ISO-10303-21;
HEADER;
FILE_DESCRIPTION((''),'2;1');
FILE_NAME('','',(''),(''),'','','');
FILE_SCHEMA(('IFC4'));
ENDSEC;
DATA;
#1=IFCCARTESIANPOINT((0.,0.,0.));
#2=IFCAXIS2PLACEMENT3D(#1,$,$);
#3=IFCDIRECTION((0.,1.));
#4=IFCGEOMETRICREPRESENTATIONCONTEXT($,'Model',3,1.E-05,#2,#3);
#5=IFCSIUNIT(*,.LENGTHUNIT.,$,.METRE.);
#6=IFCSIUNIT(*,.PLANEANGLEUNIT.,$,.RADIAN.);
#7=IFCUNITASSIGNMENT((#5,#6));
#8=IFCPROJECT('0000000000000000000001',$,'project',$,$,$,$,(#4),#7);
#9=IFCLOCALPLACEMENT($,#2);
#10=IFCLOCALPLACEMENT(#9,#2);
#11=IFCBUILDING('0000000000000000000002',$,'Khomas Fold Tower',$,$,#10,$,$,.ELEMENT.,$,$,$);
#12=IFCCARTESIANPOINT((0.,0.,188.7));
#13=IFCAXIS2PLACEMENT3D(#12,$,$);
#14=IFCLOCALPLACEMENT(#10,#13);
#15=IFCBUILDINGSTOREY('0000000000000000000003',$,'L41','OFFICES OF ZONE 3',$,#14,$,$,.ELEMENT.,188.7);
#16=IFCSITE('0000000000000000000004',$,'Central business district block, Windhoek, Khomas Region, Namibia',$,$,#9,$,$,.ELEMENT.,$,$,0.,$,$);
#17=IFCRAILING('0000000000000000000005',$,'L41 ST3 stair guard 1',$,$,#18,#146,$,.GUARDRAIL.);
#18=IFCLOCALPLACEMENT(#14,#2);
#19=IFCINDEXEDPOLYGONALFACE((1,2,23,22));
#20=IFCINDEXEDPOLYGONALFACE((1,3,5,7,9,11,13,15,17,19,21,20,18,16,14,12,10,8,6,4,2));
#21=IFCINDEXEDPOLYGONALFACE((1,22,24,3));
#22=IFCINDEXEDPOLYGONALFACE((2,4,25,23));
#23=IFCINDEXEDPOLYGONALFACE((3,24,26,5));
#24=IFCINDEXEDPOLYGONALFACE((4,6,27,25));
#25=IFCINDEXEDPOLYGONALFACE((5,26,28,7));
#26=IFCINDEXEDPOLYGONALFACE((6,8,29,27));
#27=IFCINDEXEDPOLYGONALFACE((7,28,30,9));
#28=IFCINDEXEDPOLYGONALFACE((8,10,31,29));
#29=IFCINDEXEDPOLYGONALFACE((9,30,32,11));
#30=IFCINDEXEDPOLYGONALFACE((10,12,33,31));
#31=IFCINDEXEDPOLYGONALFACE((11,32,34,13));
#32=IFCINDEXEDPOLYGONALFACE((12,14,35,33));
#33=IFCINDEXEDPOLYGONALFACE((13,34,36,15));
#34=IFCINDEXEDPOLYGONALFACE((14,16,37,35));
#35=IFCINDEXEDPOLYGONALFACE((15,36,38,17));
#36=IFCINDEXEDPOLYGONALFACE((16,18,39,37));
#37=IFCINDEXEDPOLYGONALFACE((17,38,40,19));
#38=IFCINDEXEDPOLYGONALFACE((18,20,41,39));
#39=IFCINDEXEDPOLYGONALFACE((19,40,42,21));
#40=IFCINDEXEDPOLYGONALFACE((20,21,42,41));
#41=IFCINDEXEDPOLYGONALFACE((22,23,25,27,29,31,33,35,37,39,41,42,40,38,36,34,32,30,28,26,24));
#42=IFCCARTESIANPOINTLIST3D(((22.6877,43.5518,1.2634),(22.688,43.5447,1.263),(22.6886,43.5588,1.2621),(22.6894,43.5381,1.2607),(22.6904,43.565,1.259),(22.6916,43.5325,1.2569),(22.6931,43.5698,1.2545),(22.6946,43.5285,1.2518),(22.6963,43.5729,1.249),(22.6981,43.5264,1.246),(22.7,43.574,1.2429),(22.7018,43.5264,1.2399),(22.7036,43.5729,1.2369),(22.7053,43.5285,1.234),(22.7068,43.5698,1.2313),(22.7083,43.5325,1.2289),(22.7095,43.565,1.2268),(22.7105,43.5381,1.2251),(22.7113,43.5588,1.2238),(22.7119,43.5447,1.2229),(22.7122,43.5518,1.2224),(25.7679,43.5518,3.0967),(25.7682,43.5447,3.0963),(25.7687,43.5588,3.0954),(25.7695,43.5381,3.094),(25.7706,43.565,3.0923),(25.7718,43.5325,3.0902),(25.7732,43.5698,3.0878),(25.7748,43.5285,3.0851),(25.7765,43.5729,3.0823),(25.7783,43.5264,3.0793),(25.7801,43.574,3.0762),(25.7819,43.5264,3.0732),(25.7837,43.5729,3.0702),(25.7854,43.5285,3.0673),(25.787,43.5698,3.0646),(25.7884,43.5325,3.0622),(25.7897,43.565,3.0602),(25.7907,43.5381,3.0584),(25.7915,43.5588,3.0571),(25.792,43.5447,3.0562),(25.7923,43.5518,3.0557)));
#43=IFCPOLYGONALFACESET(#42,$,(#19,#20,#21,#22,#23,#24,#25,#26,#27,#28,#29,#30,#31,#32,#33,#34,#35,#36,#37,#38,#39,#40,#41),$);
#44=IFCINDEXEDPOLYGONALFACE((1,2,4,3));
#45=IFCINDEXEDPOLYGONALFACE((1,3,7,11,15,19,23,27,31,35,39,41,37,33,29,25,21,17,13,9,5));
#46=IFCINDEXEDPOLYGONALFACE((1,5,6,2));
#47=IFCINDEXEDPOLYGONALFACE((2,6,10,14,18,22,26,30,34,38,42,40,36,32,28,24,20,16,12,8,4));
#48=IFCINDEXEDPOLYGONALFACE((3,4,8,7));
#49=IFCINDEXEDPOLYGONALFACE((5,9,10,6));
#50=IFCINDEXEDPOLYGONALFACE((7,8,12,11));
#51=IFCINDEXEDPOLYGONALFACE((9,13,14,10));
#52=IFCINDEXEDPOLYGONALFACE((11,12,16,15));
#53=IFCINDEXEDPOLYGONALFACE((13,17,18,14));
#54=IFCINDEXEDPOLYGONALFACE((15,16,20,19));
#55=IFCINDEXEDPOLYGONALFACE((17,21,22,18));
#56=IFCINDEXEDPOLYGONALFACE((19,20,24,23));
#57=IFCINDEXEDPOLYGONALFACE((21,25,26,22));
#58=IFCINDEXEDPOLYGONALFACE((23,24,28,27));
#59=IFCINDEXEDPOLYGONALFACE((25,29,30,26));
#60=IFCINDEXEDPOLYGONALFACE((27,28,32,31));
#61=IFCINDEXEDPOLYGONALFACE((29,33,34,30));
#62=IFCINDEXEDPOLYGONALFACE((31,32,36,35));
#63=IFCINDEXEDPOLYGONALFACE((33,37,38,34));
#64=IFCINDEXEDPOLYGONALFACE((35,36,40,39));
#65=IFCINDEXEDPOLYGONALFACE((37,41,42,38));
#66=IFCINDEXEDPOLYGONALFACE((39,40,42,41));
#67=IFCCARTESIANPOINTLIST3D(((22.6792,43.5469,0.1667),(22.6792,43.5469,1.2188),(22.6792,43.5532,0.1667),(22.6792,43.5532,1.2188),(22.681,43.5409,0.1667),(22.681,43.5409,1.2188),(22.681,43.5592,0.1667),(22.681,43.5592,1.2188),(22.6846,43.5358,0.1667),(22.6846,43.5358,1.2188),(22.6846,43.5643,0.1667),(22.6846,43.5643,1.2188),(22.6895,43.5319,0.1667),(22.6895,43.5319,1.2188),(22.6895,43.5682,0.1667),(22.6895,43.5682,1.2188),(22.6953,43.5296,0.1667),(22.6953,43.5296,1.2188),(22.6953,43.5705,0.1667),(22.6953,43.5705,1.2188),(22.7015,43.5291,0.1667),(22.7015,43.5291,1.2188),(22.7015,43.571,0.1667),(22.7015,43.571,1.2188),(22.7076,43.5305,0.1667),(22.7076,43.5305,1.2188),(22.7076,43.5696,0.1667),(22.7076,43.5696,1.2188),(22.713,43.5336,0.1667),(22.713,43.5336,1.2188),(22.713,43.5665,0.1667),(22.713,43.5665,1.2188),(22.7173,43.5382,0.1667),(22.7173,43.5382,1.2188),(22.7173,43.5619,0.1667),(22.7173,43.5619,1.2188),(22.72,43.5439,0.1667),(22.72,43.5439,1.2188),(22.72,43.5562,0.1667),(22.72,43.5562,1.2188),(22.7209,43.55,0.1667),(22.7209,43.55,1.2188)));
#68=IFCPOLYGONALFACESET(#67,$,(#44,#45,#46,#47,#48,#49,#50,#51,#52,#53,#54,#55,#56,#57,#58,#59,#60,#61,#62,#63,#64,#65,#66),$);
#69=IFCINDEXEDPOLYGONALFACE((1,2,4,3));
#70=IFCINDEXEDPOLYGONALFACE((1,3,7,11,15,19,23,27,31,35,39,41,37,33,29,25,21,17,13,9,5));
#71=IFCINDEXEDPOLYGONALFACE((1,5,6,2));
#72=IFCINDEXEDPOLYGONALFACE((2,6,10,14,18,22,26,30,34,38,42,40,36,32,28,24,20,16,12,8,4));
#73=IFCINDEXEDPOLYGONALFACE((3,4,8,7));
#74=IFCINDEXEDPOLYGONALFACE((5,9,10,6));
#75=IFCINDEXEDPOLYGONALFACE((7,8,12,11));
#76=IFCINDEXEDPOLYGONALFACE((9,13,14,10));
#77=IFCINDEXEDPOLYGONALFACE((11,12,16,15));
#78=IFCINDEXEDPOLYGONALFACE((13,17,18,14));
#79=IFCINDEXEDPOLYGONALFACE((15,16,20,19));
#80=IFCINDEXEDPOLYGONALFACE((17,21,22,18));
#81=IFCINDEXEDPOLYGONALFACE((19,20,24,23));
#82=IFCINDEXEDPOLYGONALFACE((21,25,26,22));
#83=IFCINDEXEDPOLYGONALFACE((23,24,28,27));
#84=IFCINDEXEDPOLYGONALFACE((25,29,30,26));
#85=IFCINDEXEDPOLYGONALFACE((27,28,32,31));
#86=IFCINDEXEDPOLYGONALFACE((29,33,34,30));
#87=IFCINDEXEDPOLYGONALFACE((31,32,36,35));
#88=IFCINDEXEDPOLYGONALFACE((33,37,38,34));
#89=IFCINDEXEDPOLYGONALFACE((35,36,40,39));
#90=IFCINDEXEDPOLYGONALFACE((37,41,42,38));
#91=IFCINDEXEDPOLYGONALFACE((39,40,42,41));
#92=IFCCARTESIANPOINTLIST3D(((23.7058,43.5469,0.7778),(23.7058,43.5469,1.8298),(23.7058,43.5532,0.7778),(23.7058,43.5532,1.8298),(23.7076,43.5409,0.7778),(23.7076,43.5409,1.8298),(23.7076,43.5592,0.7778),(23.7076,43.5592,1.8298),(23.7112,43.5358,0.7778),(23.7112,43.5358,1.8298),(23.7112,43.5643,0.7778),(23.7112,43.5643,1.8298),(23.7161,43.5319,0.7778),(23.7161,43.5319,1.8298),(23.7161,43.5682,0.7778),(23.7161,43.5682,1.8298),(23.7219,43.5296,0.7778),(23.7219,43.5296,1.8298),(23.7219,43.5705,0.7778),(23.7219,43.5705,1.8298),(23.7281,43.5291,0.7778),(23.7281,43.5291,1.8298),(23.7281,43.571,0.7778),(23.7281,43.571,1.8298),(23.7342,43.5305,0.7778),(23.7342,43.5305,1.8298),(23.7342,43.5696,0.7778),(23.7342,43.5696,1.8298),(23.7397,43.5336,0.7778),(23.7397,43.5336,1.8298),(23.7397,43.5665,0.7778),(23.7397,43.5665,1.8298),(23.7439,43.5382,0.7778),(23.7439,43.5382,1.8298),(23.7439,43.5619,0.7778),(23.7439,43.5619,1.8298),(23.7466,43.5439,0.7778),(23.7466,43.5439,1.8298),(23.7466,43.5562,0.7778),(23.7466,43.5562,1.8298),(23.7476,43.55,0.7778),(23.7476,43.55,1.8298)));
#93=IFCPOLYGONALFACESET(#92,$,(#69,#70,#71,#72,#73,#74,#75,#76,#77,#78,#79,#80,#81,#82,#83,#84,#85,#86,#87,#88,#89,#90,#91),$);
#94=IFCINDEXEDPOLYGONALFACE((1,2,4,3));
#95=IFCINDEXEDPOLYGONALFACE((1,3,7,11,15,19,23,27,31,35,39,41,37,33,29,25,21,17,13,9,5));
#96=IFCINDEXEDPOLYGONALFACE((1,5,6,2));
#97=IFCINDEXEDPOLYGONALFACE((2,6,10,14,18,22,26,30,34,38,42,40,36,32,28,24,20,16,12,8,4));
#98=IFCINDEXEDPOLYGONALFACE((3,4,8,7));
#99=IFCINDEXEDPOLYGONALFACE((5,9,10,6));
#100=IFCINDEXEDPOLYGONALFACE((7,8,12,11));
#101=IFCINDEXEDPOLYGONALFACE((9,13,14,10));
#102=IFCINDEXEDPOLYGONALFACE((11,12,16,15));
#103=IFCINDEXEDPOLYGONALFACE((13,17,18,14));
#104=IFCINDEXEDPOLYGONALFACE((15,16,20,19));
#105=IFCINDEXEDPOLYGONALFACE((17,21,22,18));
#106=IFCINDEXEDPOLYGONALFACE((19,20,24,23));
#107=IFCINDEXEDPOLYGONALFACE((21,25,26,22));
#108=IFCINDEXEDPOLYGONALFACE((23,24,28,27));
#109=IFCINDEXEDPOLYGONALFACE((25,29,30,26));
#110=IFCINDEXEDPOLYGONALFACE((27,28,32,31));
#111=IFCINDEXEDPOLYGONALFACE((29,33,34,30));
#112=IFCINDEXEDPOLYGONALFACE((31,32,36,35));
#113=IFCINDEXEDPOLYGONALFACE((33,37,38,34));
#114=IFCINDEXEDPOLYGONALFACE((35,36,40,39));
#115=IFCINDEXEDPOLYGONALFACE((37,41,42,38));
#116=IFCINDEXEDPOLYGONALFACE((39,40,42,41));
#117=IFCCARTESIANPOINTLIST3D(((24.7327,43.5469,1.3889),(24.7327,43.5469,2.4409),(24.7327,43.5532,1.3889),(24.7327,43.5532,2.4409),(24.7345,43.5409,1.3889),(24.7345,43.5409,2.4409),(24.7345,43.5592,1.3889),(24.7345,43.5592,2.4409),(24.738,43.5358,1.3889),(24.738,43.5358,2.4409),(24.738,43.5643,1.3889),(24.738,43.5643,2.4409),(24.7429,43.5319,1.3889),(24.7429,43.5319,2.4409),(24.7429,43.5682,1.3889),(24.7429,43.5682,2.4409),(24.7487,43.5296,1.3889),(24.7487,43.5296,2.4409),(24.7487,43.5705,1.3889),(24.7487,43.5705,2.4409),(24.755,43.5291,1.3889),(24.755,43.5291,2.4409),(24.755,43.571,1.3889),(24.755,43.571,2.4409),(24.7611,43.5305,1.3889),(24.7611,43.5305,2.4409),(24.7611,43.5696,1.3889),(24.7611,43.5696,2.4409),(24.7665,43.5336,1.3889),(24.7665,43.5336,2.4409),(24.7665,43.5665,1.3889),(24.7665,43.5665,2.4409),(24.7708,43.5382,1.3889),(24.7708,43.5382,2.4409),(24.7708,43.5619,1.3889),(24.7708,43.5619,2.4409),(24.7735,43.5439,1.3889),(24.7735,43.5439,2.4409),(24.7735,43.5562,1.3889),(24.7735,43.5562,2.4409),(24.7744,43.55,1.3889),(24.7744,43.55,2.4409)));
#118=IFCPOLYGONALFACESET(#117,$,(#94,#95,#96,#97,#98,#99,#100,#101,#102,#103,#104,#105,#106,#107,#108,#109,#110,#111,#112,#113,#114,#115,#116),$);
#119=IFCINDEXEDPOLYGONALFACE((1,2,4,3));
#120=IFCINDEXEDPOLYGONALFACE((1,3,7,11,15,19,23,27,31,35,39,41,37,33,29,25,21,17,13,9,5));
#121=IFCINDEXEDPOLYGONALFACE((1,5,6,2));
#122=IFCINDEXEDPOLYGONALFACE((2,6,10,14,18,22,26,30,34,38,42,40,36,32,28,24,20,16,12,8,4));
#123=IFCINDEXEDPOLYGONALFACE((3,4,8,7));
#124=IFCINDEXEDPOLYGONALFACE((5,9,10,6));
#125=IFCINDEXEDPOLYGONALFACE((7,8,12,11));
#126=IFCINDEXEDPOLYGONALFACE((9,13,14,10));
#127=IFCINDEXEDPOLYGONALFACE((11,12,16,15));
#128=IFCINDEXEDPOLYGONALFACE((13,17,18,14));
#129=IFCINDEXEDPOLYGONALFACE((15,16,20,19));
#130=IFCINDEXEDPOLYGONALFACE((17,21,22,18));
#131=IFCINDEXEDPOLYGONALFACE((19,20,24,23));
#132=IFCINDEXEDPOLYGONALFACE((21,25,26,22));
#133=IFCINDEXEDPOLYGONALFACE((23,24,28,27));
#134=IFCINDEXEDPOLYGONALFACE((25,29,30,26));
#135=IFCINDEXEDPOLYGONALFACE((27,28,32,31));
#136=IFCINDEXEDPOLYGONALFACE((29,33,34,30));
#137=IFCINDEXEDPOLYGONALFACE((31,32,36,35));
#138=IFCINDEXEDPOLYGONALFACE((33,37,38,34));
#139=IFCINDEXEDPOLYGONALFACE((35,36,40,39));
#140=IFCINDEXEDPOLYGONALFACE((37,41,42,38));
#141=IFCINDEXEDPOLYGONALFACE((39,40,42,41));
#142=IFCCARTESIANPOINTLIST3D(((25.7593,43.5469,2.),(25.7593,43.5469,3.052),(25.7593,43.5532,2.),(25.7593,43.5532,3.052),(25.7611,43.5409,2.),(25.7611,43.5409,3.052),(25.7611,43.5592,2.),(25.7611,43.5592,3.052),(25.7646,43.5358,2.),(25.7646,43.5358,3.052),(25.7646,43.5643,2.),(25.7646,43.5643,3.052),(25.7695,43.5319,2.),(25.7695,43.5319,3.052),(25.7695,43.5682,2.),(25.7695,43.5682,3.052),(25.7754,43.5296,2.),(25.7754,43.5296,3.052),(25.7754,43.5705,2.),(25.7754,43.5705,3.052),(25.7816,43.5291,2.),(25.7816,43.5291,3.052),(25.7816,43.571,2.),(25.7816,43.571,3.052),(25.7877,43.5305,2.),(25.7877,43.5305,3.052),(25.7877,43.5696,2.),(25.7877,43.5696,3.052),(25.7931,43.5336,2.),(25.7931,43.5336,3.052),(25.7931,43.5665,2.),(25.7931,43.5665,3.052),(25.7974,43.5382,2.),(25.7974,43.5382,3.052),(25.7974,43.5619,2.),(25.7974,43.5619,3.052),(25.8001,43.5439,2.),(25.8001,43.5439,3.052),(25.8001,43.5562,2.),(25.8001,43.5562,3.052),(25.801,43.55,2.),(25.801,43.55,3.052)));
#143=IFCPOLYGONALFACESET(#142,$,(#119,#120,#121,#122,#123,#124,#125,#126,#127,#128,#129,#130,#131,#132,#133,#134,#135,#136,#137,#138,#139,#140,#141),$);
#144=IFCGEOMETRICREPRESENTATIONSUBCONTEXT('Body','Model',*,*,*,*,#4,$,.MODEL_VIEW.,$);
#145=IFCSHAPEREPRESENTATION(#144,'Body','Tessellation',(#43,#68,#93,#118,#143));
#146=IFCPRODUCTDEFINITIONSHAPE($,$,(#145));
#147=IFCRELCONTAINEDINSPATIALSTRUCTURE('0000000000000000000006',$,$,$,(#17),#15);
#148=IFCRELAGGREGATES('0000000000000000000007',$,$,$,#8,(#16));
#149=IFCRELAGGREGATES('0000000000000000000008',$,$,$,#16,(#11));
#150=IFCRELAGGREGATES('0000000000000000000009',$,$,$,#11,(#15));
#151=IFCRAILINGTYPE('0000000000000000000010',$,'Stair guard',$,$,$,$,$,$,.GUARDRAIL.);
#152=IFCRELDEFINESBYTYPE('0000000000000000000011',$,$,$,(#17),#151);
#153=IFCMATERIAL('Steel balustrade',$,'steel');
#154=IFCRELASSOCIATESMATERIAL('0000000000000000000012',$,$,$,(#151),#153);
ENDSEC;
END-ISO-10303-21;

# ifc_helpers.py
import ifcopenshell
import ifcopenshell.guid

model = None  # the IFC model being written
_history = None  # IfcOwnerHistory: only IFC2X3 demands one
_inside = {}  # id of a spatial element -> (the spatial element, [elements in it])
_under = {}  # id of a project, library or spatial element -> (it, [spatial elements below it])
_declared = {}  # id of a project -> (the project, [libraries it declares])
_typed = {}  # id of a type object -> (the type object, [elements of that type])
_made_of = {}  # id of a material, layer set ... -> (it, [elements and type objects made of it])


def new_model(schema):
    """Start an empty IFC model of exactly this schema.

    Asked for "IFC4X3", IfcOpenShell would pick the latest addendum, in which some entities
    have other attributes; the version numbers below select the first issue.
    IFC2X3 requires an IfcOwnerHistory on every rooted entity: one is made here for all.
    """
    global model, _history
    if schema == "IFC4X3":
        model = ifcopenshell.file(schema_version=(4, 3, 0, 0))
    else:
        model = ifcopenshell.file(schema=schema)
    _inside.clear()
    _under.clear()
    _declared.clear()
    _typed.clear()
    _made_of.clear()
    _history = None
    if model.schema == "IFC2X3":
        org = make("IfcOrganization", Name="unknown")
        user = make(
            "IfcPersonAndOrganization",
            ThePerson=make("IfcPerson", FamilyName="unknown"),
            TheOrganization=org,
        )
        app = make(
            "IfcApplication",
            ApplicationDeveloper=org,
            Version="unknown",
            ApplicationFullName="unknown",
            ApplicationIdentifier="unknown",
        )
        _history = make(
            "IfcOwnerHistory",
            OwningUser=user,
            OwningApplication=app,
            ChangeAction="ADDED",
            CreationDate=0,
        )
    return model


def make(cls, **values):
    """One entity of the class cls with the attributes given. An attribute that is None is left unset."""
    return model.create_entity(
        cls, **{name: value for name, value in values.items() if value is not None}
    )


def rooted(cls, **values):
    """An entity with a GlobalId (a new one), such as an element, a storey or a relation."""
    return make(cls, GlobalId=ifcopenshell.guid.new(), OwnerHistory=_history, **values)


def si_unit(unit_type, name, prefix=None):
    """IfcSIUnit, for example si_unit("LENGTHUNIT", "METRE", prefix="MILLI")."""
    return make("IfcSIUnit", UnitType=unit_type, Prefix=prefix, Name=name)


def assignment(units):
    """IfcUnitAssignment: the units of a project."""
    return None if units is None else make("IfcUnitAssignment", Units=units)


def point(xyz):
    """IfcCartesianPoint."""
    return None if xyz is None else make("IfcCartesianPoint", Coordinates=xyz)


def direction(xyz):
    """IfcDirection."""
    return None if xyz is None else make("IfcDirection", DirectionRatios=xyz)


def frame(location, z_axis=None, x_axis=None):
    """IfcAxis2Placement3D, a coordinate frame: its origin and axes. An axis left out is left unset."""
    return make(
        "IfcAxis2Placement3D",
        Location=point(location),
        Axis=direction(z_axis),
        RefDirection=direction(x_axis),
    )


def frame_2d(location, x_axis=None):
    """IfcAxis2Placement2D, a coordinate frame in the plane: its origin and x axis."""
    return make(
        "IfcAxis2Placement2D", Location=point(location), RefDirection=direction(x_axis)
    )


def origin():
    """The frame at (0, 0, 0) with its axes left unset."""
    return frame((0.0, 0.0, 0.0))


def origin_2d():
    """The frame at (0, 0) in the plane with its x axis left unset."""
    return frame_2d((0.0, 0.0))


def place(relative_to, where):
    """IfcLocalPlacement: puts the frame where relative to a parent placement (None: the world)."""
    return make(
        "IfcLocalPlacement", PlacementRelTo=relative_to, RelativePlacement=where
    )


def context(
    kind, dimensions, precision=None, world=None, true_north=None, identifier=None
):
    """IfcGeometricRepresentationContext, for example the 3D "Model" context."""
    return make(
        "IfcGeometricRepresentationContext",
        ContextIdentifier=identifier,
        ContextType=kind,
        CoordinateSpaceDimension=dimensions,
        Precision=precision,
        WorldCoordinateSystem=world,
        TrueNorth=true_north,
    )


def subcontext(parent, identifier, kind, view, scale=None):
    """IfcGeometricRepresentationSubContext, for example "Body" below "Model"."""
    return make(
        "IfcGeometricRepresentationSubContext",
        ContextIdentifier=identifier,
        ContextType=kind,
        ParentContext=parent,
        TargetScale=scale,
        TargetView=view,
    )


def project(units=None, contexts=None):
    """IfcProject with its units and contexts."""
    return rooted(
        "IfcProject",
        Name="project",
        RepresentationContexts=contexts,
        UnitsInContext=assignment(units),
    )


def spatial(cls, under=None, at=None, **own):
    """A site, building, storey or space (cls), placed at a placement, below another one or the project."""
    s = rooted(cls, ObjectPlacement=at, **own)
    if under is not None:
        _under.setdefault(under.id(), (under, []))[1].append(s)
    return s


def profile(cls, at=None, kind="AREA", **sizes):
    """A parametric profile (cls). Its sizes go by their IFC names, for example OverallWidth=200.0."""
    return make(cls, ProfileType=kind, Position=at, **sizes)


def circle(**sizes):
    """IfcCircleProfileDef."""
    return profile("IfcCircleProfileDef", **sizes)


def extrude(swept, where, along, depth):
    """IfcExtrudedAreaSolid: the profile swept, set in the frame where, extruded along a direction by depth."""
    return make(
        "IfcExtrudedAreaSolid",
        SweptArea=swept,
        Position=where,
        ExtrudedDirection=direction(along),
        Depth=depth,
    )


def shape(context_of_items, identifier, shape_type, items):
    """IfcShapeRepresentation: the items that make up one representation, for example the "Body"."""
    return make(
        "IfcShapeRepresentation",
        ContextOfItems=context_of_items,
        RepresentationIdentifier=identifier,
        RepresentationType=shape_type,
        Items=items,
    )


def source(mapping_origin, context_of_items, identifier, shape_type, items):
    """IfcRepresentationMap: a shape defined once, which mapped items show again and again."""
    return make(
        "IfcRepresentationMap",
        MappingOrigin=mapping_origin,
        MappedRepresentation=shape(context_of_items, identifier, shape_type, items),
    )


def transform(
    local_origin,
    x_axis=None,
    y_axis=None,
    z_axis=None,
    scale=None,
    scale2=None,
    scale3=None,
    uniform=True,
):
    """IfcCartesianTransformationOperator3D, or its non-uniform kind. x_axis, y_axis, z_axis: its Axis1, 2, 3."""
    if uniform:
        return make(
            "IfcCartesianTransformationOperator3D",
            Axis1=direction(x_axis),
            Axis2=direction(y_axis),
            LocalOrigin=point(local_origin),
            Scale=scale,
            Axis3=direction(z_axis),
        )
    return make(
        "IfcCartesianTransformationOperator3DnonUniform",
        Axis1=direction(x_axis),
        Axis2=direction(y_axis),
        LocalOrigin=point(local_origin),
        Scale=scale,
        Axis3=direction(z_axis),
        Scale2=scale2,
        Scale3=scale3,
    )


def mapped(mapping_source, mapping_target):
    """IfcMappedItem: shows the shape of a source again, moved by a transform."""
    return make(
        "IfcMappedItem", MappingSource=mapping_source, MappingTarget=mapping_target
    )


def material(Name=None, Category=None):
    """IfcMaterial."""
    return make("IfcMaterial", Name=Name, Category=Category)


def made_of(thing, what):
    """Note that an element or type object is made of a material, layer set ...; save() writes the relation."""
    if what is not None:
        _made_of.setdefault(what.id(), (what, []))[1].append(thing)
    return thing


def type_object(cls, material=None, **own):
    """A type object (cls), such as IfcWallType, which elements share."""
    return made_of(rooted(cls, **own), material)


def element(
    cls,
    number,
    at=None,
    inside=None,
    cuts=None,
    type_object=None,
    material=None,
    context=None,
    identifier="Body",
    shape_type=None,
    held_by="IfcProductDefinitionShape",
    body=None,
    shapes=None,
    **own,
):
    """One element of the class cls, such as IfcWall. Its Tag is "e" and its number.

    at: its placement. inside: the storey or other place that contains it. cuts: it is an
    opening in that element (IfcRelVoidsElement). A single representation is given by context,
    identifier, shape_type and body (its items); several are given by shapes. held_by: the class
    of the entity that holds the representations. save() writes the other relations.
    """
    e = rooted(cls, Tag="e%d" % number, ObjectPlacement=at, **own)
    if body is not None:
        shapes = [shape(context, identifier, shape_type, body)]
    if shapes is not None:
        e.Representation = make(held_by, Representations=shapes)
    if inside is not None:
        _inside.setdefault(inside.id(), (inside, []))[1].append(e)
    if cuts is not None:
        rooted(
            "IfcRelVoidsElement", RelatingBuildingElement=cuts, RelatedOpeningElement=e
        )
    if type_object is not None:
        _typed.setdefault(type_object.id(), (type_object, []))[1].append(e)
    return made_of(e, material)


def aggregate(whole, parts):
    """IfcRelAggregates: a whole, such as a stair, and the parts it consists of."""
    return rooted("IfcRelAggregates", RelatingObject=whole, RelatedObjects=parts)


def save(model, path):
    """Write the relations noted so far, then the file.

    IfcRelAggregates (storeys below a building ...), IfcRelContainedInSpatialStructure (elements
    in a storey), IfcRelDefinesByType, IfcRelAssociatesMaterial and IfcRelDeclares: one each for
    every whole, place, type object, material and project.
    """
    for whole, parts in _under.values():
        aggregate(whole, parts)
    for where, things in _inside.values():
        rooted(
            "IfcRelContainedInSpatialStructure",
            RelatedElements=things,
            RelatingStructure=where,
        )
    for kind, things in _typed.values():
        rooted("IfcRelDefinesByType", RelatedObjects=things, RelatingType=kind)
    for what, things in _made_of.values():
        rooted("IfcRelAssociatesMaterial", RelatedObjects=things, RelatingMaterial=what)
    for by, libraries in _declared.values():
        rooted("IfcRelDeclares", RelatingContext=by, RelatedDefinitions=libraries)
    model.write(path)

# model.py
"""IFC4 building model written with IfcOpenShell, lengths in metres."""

from ifc_helpers import new_model, si_unit, direction, frame, origin, origin_2d, place, context, subcontext, project, spatial, circle, extrude, source, transform, mapped, material, type_object, element, save


model = new_model("IFC4")

# Units and contexts
model_context = context("Model", 3, precision=1e-05, world=origin(), true_north=direction((0.0, 1.0)))
body_context = subcontext(model_context, "Body", "Model", "MODEL_VIEW")
ifc_project = project(units=[si_unit("LENGTHUNIT", "METRE"), si_unit("PLANEANGLEUNIT", "RADIAN")], contexts=[model_context])

# Site, building, storey
site_placement = place(None, origin())
site = spatial("IfcSite", under=ifc_project, at=site_placement, Name="Central business district block, Windhoek, Khomas Region, Namibia", CompositionType="ELEMENT", RefElevation=0.0)
building_placement = place(site_placement, origin())
building = spatial("IfcBuilding", under=site, at=building_placement, Name="Khomas Fold Tower", CompositionType="ELEMENT")
storey_placement = place(building_placement, frame((0.0, 0.0, 188.7)))
storey = spatial("IfcBuildingStorey", under=building, at=storey_placement, Name="L41", Description="OFFICES OF ZONE 3", CompositionType="ELEMENT", Elevation=188.7)

# Railing
ifc_material_1 = material(Name="Steel balustrade", Category="steel")
railing_type_1 = type_object("IfcRailingType", Name="Stair guard", PredefinedType="GUARDRAIL", material=ifc_material_1)
shared_shape_1 = source(origin(), body_context, "Body", "SweptSolid", [
    extrude(circle(Radius=0.0239, at=origin_2d()), frame((0.0, 0.0, 1.0762), z_axis=(0.859309, 0.0, 0.511458), x_axis=(0.0, 1.0, 0.0)), (0.0, 0.0, 1.0), 3.5845),
    extrude(circle(Radius=0.021, at=origin_2d()), origin(), (0.0, 0.0, 1.0), 1.052),
    extrude(circle(Radius=0.021, at=origin_2d()), frame((1.0266, 0.0, 0.6111)), (0.0, 0.0, 1.0), 1.052),
    extrude(circle(Radius=0.021, at=origin_2d()), frame((2.0535, 0.0, 1.2222)), (0.0, 0.0, 1.0), 1.052),
    extrude(circle(Radius=0.021, at=origin_2d()), frame((3.0801, 0.0, 1.8333)), (0.0, 0.0, 1.0), 1.052),
])
railing_1_placement = place(storey_placement, frame((22.7, 43.55, 0.1667)))
element("IfcRailing", 1, at=railing_1_placement, inside=storey, type_object=railing_type_1, Name="L41 ST3 stair guard 1", PredefinedType="GUARDRAIL", context=body_context, shape_type="MappedRepresentation", body=[
    mapped(shared_shape_1, transform((0.0, 0.0, 0.0))),
])

save(model, "model.ifc")
